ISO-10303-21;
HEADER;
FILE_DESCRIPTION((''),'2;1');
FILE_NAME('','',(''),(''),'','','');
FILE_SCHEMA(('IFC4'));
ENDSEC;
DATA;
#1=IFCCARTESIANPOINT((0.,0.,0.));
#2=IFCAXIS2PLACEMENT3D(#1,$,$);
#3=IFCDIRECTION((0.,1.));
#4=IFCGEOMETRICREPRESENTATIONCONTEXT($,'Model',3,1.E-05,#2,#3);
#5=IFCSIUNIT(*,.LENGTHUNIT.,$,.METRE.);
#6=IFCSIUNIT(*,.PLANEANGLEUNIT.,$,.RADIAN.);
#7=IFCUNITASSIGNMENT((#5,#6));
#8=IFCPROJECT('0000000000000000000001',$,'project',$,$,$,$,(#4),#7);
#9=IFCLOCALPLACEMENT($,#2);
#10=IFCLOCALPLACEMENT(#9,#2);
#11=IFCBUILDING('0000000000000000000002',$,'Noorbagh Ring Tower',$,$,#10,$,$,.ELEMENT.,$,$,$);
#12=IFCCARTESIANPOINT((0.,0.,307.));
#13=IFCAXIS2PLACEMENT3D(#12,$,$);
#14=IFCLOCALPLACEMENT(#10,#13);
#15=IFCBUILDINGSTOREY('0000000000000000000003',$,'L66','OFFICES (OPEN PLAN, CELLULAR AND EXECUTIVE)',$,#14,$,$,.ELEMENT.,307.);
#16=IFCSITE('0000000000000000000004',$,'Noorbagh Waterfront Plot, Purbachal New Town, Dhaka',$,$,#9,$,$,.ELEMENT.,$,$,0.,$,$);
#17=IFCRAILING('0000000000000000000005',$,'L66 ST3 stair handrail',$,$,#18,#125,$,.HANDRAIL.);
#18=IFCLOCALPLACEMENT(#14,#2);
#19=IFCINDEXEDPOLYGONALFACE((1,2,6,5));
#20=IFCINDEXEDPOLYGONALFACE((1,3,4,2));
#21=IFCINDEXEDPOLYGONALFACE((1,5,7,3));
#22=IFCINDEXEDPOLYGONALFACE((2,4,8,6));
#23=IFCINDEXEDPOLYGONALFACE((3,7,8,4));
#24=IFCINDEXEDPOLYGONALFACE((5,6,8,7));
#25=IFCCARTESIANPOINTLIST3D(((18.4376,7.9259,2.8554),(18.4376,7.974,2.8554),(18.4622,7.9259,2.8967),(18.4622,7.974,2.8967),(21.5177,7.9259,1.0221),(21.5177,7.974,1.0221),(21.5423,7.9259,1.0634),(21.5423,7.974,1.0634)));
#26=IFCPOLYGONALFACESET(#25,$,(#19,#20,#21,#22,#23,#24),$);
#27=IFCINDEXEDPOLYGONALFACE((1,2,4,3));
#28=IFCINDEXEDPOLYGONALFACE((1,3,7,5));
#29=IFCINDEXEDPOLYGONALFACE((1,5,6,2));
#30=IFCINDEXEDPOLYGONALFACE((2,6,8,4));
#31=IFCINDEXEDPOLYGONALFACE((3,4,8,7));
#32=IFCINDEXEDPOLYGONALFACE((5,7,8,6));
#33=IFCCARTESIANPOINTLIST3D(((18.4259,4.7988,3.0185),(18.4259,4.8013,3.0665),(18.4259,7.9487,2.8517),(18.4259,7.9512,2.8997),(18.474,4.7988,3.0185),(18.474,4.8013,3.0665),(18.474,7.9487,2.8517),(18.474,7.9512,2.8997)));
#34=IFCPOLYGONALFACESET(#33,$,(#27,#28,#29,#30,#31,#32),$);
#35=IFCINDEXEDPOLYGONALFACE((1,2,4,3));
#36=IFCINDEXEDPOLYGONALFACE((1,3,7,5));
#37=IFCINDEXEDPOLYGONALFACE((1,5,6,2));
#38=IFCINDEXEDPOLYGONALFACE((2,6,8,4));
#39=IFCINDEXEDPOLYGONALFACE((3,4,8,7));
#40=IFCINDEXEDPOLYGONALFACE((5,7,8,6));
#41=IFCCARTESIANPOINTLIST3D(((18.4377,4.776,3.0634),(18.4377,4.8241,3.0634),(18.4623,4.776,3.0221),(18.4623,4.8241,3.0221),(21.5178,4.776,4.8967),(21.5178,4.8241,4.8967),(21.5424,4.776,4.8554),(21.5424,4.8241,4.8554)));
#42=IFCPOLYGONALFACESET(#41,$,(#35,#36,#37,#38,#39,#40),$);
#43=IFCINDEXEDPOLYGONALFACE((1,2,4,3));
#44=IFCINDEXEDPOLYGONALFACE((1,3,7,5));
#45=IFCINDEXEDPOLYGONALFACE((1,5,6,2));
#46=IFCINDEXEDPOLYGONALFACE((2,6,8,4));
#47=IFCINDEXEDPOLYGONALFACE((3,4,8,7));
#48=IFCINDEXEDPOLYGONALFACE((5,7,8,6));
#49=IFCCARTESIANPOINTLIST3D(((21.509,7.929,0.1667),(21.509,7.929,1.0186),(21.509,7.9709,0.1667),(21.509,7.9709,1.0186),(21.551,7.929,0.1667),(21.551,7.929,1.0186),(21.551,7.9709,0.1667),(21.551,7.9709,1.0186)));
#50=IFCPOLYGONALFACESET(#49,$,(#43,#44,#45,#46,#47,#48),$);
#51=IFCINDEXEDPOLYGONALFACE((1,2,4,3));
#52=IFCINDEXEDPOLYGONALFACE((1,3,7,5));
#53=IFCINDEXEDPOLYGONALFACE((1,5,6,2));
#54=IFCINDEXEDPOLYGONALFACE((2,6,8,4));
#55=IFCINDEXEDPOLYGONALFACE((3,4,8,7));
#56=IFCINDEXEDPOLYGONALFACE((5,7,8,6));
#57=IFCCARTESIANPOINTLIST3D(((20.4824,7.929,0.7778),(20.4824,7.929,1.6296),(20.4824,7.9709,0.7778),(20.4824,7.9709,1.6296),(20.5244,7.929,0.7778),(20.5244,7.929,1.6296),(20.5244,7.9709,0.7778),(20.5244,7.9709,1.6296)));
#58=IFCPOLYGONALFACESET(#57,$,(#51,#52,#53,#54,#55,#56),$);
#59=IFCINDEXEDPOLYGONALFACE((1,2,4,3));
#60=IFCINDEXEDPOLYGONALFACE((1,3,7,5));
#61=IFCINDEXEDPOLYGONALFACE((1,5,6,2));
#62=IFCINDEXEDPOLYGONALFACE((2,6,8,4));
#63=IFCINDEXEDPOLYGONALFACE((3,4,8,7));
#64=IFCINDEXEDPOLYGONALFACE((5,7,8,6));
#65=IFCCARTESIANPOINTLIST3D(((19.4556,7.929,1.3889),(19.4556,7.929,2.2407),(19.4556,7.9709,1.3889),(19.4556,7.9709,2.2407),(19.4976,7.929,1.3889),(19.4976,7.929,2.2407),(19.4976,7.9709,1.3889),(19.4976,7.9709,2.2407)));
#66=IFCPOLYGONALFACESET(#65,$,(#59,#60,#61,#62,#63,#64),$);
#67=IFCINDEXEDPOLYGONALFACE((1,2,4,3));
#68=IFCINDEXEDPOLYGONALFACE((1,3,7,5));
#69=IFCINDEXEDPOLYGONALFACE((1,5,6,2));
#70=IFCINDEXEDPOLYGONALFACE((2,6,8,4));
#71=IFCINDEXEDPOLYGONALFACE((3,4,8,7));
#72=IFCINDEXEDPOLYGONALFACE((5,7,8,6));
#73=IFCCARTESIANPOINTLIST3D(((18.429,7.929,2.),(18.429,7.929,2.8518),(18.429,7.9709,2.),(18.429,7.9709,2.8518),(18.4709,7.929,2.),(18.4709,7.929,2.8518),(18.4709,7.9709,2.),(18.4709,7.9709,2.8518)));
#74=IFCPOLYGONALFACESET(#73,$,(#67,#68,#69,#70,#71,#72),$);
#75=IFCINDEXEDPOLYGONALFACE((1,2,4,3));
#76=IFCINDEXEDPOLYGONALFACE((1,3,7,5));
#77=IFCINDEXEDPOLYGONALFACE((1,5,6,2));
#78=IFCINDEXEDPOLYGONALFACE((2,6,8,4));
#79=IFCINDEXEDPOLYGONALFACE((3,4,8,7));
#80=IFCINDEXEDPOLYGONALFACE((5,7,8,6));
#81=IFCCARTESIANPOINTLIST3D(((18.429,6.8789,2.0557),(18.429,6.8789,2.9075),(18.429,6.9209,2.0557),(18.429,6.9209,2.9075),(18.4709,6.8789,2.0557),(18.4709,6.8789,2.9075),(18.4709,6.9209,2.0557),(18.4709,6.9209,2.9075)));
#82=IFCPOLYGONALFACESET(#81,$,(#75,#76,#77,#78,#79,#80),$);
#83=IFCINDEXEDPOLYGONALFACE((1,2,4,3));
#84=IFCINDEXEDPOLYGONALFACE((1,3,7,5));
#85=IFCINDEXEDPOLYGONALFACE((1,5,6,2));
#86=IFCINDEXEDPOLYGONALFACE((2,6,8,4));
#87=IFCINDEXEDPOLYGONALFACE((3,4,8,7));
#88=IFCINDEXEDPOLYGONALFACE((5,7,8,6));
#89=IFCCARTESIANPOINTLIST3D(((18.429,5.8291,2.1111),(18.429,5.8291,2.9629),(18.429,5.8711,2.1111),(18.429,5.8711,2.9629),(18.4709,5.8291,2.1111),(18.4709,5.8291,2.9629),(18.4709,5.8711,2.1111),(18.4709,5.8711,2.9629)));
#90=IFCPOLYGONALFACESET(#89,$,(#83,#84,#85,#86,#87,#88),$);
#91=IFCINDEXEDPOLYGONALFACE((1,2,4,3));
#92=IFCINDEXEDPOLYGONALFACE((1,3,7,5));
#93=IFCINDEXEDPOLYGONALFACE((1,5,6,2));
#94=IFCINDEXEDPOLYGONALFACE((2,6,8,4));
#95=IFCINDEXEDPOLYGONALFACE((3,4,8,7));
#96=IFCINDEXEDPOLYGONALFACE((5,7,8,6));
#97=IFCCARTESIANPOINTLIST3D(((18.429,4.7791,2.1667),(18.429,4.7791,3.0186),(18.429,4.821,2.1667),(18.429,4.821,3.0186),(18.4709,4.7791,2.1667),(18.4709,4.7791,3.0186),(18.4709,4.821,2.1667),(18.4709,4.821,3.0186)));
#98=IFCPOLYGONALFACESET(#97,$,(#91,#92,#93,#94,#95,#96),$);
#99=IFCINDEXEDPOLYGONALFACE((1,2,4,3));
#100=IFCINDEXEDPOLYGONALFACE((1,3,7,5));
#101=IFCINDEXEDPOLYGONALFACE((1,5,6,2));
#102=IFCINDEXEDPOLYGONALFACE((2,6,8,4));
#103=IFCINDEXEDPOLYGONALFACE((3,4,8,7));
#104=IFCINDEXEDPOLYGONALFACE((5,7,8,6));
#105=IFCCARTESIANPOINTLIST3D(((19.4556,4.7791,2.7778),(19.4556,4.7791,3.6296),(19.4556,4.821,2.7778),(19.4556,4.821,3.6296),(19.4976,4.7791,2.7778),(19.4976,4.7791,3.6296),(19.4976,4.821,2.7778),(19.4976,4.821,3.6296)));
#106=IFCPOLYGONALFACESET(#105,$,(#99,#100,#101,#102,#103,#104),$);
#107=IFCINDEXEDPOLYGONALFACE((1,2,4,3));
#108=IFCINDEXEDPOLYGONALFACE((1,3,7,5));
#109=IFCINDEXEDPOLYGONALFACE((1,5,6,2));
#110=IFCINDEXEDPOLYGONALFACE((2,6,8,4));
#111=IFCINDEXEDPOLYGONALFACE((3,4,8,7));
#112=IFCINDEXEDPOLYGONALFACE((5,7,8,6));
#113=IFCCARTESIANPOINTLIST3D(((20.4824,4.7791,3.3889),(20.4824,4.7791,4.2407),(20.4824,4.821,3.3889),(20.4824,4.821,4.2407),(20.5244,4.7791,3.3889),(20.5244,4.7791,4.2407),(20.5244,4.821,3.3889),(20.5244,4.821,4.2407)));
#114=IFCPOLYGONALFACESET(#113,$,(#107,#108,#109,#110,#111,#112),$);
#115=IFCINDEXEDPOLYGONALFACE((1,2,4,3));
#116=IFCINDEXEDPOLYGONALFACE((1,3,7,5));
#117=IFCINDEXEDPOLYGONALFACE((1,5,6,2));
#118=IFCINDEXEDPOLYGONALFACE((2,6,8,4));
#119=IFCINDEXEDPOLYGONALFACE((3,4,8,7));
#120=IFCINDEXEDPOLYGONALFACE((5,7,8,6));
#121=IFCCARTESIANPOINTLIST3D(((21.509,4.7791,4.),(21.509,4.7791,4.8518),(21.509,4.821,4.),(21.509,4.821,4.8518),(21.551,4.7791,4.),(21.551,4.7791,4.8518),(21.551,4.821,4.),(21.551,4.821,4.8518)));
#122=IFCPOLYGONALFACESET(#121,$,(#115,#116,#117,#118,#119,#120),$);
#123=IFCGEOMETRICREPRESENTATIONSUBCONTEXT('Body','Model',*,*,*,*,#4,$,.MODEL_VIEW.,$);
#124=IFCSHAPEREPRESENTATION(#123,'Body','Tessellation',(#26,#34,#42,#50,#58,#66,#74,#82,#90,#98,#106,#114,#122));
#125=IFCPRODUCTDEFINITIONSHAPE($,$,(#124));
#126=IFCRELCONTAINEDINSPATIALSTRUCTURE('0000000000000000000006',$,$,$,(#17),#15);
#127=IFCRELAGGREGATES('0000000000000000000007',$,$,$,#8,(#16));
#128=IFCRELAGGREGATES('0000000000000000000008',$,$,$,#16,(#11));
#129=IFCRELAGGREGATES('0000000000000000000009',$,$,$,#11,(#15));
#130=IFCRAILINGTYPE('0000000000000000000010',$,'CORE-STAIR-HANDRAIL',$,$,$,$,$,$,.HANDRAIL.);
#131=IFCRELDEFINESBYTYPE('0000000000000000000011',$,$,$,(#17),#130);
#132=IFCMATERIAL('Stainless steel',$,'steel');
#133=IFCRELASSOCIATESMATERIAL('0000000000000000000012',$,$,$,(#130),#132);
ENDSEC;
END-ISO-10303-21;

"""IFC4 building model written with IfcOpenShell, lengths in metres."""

from ifc_helpers import new_model, si_unit, direction, frame, origin, origin_2d, place, context, subcontext, project, spatial, rectangle, extrude, material, type_object, element, save


model = new_model("IFC4")

# Units and contexts
model_context = context("Model", 3, precision=1e-05, world=origin(), true_north=direction((0.0, 1.0)))
body_context = subcontext(model_context, "Body", "Model", "MODEL_VIEW")
ifc_project = project(units=[si_unit("LENGTHUNIT", "METRE"), si_unit("PLANEANGLEUNIT", "RADIAN")], contexts=[model_context])

# Site, building, storey
site_placement = place(None, origin())
site = spatial("IfcSite", under=ifc_project, at=site_placement, Name="Noorbagh Waterfront Plot, Purbachal New Town, Dhaka", CompositionType="ELEMENT", RefElevation=0.0)
building_placement = place(site_placement, origin())
building = spatial("IfcBuilding", under=site, at=building_placement, Name="Noorbagh Ring Tower", CompositionType="ELEMENT")
storey_placement = place(building_placement, frame((0.0, 0.0, 307.0)))
storey = spatial("IfcBuildingStorey", under=building, at=storey_placement, Name="L66", Description="OFFICES (OPEN PLAN, CELLULAR AND EXECUTIVE)", CompositionType="ELEMENT", Elevation=307.0)

# Railing
ifc_material_1 = material(Name="Stainless steel", Category="steel")
railing_type_1 = type_object("IfcRailingType", Name="CORE-STAIR-HANDRAIL", PredefinedType="HANDRAIL", material=ifc_material_1)
railing_1_placement = place(storey_placement, frame((21.53, 7.95, 0.1667)))
element("IfcRailing", 1, at=railing_1_placement, inside=storey, type_object=railing_type_1, Name="L66 ST3 stair handrail", PredefinedType="HANDRAIL", context=body_context, shape_type="SweptSolid", body=[
    extrude(rectangle(XDim=0.0481, YDim=0.0481, at=origin_2d()), frame((0.0, 0.0, 0.876), z_axis=(-0.859309, 0.0, 0.511458), x_axis=(0.0, -1.0, 0.0)), (0.0, 0.0, 1.0), 3.5845),
    extrude(rectangle(XDim=0.0481, YDim=0.0481, at=origin_2d()), frame((-3.0801, 0.0, 2.709), z_axis=(0.0, -0.998602, 0.052864), x_axis=(1.0, 0.0, 0.0)), (0.0, 0.0, 1.0), 3.1543),
    extrude(rectangle(XDim=0.0481, YDim=0.0481, at=origin_2d()), frame((-3.0801, -3.1499, 2.876), z_axis=(0.859309, 0.0, 0.511458), x_axis=(0.0, 1.0, 0.0)), (0.0, 0.0, 1.0), 3.5845),
    extrude(rectangle(XDim=0.042, YDim=0.042, at=origin_2d()), origin(), (0.0, 0.0, 1.0), 0.8518),
    extrude(rectangle(XDim=0.042, YDim=0.042, at=origin_2d()), frame((-1.0266, 0.0, 0.6111)), (0.0, 0.0, 1.0), 0.8518),
    extrude(rectangle(XDim=0.042, YDim=0.042, at=origin_2d()), frame((-2.0535, 0.0, 1.2222)), (0.0, 0.0, 1.0), 0.8518),
    extrude(rectangle(XDim=0.042, YDim=0.042, at=origin_2d()), frame((-3.0801, 0.0, 1.8333)), (0.0, 0.0, 1.0), 0.8518),
    extrude(rectangle(XDim=0.042, YDim=0.042, at=origin_2d()), frame((-3.0801, -1.05, 1.8889)), (0.0, 0.0, 1.0), 0.8518),
    extrude(rectangle(XDim=0.042, YDim=0.042, at=origin_2d()), frame((-3.0801, -2.0999, 1.9443)), (0.0, 0.0, 1.0), 0.8518),
    extrude(rectangle(XDim=0.042, YDim=0.042, at=origin_2d()), frame((-3.0801, -3.1499, 2.0)), (0.0, 0.0, 1.0), 0.8518),
    extrude(rectangle(XDim=0.042, YDim=0.042, at=origin_2d()), frame((-2.0535, -3.1499, 2.6111)), (0.0, 0.0, 1.0), 0.8518),
    extrude(rectangle(XDim=0.042, YDim=0.042, at=origin_2d()), frame((-1.0266, -3.1499, 3.2222)), (0.0, 0.0, 1.0), 0.8518),
    extrude(rectangle(XDim=0.042, YDim=0.042, at=origin_2d()), frame((0.0, -3.1499, 3.8333)), (0.0, 0.0, 1.0), 0.8518),
])

save(model, "model.ifc")
